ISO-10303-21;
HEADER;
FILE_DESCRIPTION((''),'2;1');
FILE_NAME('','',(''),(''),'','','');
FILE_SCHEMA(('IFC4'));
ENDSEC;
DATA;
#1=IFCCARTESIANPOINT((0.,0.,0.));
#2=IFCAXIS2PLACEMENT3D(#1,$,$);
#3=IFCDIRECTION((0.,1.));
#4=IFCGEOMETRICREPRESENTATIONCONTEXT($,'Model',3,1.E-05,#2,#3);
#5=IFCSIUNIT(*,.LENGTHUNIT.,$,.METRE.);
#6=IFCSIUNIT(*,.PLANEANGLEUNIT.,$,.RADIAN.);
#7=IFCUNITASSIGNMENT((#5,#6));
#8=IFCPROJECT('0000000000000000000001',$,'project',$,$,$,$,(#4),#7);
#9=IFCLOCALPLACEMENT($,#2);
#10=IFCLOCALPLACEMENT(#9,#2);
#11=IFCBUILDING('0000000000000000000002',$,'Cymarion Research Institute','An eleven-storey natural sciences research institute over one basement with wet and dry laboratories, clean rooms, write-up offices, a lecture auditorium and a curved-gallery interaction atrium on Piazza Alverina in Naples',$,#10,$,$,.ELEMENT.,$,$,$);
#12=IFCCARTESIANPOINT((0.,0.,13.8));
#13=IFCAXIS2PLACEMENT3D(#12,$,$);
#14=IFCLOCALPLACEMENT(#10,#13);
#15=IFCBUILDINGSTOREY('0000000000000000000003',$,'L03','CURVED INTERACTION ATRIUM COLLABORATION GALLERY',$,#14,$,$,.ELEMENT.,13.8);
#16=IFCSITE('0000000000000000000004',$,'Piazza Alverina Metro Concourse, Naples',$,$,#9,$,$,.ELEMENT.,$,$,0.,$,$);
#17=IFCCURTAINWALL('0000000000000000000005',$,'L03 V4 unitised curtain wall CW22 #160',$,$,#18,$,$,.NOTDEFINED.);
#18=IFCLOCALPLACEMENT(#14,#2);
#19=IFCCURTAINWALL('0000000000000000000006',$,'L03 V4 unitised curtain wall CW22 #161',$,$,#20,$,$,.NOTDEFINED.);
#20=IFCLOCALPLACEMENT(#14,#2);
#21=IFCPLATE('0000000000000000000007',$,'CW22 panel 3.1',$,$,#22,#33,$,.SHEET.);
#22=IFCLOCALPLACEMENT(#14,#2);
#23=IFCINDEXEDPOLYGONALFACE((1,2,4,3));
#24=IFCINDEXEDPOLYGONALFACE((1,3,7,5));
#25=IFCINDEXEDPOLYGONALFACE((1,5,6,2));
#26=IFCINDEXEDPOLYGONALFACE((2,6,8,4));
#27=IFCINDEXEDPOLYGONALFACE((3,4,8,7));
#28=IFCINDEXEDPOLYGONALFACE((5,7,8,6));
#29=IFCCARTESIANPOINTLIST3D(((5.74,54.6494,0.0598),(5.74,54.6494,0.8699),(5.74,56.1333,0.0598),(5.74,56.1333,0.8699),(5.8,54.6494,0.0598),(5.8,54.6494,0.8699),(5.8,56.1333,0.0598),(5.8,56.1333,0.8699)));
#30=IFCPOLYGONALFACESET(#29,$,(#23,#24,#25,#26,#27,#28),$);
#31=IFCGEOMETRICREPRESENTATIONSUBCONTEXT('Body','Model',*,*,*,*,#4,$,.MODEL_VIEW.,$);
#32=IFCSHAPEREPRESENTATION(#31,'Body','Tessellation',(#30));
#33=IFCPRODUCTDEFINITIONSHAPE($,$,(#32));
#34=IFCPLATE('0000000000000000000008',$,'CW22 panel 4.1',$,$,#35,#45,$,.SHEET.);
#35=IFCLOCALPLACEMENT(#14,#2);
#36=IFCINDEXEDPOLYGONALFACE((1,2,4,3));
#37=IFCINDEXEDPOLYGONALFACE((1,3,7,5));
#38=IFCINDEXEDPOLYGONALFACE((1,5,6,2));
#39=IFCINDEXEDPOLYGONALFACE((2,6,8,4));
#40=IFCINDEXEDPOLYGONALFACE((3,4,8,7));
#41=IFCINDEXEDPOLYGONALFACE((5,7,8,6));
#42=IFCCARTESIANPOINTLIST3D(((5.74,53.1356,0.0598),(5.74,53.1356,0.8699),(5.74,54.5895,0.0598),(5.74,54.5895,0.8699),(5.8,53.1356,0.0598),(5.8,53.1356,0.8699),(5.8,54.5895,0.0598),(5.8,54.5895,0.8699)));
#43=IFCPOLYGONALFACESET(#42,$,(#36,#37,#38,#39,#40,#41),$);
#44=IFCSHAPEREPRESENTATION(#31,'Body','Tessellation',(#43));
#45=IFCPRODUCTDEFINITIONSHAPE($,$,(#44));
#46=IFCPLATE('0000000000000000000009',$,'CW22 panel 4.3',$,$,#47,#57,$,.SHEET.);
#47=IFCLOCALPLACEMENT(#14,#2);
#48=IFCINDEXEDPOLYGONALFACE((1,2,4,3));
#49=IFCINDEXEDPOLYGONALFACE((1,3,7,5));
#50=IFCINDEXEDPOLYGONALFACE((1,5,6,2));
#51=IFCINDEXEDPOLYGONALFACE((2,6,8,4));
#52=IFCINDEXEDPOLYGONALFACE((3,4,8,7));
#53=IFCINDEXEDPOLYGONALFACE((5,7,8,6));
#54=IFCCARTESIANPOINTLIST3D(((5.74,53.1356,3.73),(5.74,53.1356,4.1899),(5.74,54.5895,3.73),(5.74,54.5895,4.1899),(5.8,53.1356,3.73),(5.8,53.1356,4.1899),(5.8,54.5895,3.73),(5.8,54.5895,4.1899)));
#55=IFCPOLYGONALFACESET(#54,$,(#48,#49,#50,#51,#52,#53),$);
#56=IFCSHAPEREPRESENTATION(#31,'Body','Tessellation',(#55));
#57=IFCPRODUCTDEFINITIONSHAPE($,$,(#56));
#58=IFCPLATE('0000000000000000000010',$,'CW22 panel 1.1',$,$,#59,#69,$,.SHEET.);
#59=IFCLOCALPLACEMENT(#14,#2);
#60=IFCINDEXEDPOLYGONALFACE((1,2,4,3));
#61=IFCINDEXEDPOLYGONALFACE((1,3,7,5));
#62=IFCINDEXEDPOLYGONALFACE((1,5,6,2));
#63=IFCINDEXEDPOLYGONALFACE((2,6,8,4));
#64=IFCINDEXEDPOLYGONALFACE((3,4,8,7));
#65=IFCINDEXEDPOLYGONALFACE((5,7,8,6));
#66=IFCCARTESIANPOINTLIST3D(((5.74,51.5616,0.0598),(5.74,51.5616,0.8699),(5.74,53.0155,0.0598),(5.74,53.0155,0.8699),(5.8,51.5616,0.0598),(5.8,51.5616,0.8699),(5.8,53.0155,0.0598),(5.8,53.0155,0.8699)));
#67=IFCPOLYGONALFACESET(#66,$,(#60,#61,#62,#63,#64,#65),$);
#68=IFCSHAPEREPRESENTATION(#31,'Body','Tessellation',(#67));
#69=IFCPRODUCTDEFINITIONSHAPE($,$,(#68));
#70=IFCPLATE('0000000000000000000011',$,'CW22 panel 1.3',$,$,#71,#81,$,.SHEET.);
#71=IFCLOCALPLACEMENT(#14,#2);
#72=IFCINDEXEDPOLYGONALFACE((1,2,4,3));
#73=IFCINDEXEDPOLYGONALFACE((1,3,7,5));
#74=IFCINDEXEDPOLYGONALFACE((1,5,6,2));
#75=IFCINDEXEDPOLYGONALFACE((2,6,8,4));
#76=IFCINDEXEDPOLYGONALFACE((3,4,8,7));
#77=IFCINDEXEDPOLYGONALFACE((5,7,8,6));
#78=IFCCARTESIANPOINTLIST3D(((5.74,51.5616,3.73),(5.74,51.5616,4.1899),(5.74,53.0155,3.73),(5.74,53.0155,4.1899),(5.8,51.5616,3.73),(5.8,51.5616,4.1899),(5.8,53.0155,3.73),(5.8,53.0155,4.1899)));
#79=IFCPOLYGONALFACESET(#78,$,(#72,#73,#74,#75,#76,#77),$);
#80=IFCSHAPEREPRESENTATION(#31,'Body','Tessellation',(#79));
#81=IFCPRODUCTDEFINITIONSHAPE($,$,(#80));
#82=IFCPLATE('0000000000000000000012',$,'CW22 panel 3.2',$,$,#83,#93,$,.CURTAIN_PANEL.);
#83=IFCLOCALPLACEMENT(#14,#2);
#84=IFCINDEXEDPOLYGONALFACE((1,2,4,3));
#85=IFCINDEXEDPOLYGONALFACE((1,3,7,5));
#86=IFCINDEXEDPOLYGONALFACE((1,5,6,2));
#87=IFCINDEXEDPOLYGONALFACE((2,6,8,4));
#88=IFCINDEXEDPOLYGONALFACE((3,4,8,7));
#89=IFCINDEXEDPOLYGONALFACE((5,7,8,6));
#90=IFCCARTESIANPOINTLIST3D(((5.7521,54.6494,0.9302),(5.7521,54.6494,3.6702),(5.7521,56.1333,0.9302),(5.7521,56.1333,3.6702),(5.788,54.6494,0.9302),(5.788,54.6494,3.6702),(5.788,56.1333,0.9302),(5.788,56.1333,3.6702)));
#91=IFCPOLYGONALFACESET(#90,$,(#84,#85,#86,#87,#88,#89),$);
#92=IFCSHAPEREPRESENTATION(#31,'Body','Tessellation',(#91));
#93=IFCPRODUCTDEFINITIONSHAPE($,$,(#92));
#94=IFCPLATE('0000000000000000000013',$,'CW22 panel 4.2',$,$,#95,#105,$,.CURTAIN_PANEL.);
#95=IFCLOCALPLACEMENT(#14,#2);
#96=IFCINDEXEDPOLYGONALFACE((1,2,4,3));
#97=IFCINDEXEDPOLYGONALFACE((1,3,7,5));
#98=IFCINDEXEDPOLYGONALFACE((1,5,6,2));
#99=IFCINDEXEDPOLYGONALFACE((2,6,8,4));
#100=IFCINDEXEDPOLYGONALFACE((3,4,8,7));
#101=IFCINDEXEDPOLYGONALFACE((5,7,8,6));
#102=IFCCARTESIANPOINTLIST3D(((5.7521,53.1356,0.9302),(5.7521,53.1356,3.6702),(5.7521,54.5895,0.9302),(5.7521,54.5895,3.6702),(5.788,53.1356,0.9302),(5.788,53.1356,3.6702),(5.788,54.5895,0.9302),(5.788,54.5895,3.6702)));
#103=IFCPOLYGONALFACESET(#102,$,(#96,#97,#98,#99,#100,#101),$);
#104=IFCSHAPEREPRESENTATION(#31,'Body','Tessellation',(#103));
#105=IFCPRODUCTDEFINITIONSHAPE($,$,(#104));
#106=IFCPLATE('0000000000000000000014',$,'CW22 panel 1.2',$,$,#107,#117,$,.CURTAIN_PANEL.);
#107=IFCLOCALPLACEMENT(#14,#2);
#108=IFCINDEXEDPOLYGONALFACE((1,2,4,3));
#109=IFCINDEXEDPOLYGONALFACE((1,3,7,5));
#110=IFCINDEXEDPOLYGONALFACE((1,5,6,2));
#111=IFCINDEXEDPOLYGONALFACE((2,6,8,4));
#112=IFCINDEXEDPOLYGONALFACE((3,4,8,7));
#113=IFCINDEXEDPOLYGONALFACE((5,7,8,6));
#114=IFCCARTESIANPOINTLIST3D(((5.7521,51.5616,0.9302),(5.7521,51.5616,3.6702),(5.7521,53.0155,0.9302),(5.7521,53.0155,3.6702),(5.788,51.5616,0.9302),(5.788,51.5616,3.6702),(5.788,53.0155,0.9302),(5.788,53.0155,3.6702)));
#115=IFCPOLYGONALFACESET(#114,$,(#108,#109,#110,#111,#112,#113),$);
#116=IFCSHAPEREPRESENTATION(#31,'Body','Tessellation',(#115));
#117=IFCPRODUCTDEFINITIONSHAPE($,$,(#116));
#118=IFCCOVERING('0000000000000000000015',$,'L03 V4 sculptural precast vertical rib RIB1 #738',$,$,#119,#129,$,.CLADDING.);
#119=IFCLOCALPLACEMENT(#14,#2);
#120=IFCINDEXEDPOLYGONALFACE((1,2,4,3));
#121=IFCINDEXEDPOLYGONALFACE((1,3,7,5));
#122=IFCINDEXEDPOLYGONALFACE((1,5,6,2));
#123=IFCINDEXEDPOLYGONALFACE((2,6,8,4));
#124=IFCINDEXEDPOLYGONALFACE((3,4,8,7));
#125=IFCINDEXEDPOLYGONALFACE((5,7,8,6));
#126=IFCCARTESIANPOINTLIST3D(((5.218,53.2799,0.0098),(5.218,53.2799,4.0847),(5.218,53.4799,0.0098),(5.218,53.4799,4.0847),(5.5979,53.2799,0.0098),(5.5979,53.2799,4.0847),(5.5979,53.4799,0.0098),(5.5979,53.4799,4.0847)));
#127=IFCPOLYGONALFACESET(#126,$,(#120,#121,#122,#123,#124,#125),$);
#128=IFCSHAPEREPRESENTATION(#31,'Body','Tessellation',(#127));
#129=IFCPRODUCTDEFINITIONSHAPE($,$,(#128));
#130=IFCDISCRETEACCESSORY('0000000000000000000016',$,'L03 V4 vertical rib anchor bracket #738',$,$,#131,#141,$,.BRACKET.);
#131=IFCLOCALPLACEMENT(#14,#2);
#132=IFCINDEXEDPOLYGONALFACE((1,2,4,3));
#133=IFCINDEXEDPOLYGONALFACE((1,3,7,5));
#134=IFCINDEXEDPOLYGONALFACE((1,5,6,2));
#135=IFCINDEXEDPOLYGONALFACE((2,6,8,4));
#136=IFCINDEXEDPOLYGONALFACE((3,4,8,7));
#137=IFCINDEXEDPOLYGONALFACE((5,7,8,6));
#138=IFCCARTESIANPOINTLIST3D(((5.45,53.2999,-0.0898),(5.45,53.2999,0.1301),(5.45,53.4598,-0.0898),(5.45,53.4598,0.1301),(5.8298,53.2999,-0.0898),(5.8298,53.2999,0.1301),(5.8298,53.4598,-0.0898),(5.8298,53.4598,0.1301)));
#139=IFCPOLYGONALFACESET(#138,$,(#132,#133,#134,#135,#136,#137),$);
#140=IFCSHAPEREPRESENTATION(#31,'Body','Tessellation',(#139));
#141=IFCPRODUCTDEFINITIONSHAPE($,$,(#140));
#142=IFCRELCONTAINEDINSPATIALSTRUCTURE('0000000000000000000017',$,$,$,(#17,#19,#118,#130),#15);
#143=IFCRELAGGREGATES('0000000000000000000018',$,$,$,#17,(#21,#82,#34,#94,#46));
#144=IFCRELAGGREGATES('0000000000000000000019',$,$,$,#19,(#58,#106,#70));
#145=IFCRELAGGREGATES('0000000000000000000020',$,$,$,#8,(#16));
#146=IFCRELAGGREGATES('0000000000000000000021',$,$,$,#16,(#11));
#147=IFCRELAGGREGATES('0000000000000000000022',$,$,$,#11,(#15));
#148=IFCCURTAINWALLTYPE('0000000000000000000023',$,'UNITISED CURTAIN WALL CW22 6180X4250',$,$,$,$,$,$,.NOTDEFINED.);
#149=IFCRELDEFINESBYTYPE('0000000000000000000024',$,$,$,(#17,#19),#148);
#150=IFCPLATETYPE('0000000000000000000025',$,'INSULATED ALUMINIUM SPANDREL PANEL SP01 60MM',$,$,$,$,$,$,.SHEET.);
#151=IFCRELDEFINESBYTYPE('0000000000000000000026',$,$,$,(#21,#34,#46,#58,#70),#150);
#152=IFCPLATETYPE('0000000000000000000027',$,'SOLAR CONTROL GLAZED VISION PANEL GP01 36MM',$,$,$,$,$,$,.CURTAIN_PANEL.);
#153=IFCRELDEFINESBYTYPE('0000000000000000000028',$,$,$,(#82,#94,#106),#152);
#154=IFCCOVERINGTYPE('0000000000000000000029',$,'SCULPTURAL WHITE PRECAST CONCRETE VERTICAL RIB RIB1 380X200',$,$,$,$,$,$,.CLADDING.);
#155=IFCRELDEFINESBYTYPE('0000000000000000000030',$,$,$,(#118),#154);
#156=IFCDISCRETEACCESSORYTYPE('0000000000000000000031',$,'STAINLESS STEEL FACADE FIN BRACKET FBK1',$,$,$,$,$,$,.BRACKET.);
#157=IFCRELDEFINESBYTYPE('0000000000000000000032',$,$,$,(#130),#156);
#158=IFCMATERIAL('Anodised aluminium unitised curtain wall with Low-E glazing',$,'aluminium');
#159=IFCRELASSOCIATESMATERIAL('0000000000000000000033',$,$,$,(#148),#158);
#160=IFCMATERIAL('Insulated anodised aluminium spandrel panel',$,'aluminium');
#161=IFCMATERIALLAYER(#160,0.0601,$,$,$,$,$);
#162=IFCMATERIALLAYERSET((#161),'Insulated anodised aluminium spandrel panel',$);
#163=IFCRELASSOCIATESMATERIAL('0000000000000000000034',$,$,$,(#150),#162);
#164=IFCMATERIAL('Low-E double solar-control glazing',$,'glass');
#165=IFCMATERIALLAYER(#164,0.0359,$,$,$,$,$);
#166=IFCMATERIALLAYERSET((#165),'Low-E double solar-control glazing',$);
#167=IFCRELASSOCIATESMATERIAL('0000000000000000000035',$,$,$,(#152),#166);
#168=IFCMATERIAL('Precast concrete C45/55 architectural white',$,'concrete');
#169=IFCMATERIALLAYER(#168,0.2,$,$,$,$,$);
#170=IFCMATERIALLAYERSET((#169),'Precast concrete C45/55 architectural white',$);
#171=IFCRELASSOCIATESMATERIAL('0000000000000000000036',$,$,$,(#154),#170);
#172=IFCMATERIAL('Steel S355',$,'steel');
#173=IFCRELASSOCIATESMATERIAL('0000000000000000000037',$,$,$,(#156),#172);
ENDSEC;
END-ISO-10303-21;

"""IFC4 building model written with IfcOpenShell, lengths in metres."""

from ifc_helpers import new_model, si_unit, direction, frame, origin, origin_2d, place, context, subcontext, project, spatial, rectangle, extrude, material, layer, layer_set, type_object, element, aggregate, save


model = new_model("IFC4")

# Units and contexts
model_context = context("Model", 3, precision=1e-05, world=origin(), true_north=direction((0.0, 1.0)))
body_context = subcontext(model_context, "Body", "Model", "MODEL_VIEW")
ifc_project = project(units=[si_unit("LENGTHUNIT", "METRE"), si_unit("PLANEANGLEUNIT", "RADIAN")], contexts=[model_context])

# Site, building, storey
site_placement = place(None, origin())
site = spatial("IfcSite", under=ifc_project, at=site_placement, Name="Piazza Alverina Metro Concourse, Naples", CompositionType="ELEMENT", RefElevation=0.0)
building_placement = place(site_placement, origin())
building = spatial("IfcBuilding", under=site, at=building_placement, Name="Cymarion Research Institute", Description="An eleven-storey natural sciences research institute over one basement with wet and dry laboratories, clean rooms, write-up offices, a lecture auditorium and a curved-gallery interaction atrium on Piazza Alverina in Naples", CompositionType="ELEMENT")
storey_placement = place(building_placement, frame((0.0, 0.0, 13.8)))
storey = spatial("IfcBuildingStorey", under=building, at=storey_placement, Name="L03", Description="CURVED INTERACTION ATRIUM COLLABORATION GALLERY", CompositionType="ELEMENT", Elevation=13.8)

# Curtain walls
ifc_material_1 = material(Name="Anodised aluminium unitised curtain wall with Low-E glazing", Category="aluminium")
curtain_wall_type = type_object("IfcCurtainWallType", Name="UNITISED CURTAIN WALL CW22 6180X4250", PredefinedType="NOTDEFINED", material=ifc_material_1)
curtain_wall_1_placement = place(storey_placement, origin())
curtain_wall_1 = element("IfcCurtainWall", 1, at=curtain_wall_1_placement, inside=storey, type_object=curtain_wall_type, Name="L03 V4 unitised curtain wall CW22 #160", PredefinedType="NOTDEFINED")
curtain_wall_2_placement = place(storey_placement, origin())
curtain_wall_2 = element("IfcCurtainWall", 2, at=curtain_wall_2_placement, inside=storey, type_object=curtain_wall_type, Name="L03 V4 unitised curtain wall CW22 #161", PredefinedType="NOTDEFINED")

# Plates
ifc_material_2 = material(Name="Insulated anodised aluminium spandrel panel", Category="aluminium")
ifc_layer_1 = layer(ifc_material_2, 0.0601)
ifc_layer_set_1 = layer_set([ifc_layer_1], Name="Insulated anodised aluminium spandrel panel")
plate_type_1 = type_object("IfcPlateType", Name="INSULATED ALUMINIUM SPANDREL PANEL SP01 60MM", PredefinedType="SHEET", material=ifc_layer_set_1)
plate_1_placement = place(storey_placement, frame((5.77, 55.3914, 0.0598), z_axis=(0.0, 0.0, 1.0), x_axis=(0.0, -1.0, 0.0)))
plate_1 = element("IfcPlate", 3, at=plate_1_placement, type_object=plate_type_1, Name="CW22 panel 3.1", PredefinedType="SHEET", context=body_context, shape_type="SweptSolid", body=[
    extrude(rectangle(XDim=1.4839, YDim=0.0601, at=origin_2d()), origin(), (0.0, 0.0, 1.0), 0.8101),
])
plate_2_placement = place(storey_placement, frame((5.77, 53.8625, 0.0598), z_axis=(0.0, 0.0, 1.0), x_axis=(0.0, -1.0, 0.0)))
plate_2 = element("IfcPlate", 4, at=plate_2_placement, type_object=plate_type_1, Name="CW22 panel 4.1", PredefinedType="SHEET", context=body_context, shape_type="SweptSolid", body=[
    extrude(rectangle(XDim=1.4539, YDim=0.0601, at=origin_2d()), origin(), (0.0, 0.0, 1.0), 0.8101),
])
plate_3_placement = place(storey_placement, frame((5.77, 53.8625, 3.73), z_axis=(0.0, 0.0, 1.0), x_axis=(0.0, -1.0, 0.0)))
plate_3 = element("IfcPlate", 5, at=plate_3_placement, type_object=plate_type_1, Name="CW22 panel 4.3", PredefinedType="SHEET", context=body_context, shape_type="SweptSolid", body=[
    extrude(rectangle(XDim=1.4539, YDim=0.0601, at=origin_2d()), origin(), (0.0, 0.0, 1.0), 0.46),
])
plate_4_placement = place(storey_placement, frame((5.77, 52.2886, 0.0598), z_axis=(0.0, 0.0, 1.0), x_axis=(0.0, -1.0, 0.0)))
plate_4 = element("IfcPlate", 6, at=plate_4_placement, type_object=plate_type_1, Name="CW22 panel 1.1", PredefinedType="SHEET", context=body_context, shape_type="SweptSolid", body=[
    extrude(rectangle(XDim=1.4539, YDim=0.0601, at=origin_2d()), origin(), (0.0, 0.0, 1.0), 0.8101),
])
plate_5_placement = place(storey_placement, frame((5.77, 52.2886, 3.73), z_axis=(0.0, 0.0, 1.0), x_axis=(0.0, -1.0, 0.0)))
plate_5 = element("IfcPlate", 7, at=plate_5_placement, type_object=plate_type_1, Name="CW22 panel 1.3", PredefinedType="SHEET", context=body_context, shape_type="SweptSolid", body=[
    extrude(rectangle(XDim=1.4539, YDim=0.0601, at=origin_2d()), origin(), (0.0, 0.0, 1.0), 0.46),
])
ifc_material_3 = material(Name="Low-E double solar-control glazing", Category="glass")
ifc_layer_2 = layer(ifc_material_3, 0.0359)
ifc_layer_set_2 = layer_set([ifc_layer_2], Name="Low-E double solar-control glazing")
plate_type_2 = type_object("IfcPlateType", Name="SOLAR CONTROL GLAZED VISION PANEL GP01 36MM", PredefinedType="CURTAIN_PANEL", material=ifc_layer_set_2)
plate_6_placement = place(storey_placement, frame((5.77, 55.3914, 0.9302), z_axis=(0.0, 0.0, 1.0), x_axis=(0.0, -1.0, 0.0)))
plate_6 = element("IfcPlate", 8, at=plate_6_placement, type_object=plate_type_2, Name="CW22 panel 3.2", PredefinedType="CURTAIN_PANEL", context=body_context, shape_type="SweptSolid", body=[
    extrude(rectangle(XDim=1.4839, YDim=0.0359, at=origin_2d()), origin(), (0.0, 0.0, 1.0), 2.74),
])
plate_7_placement = place(storey_placement, frame((5.77, 53.8625, 0.9302), z_axis=(0.0, 0.0, 1.0), x_axis=(0.0, -1.0, 0.0)))
plate_7 = element("IfcPlate", 9, at=plate_7_placement, type_object=plate_type_2, Name="CW22 panel 4.2", PredefinedType="CURTAIN_PANEL", context=body_context, shape_type="SweptSolid", body=[
    extrude(rectangle(XDim=1.4539, YDim=0.0359, at=origin_2d()), origin(), (0.0, 0.0, 1.0), 2.74),
])
aggregate(curtain_wall_1, [plate_1, plate_6, plate_2, plate_7, plate_3])
plate_8_placement = place(storey_placement, frame((5.77, 52.2886, 0.9302), z_axis=(0.0, 0.0, 1.0), x_axis=(0.0, -1.0, 0.0)))
plate_8 = element("IfcPlate", 10, at=plate_8_placement, type_object=plate_type_2, Name="CW22 panel 1.2", PredefinedType="CURTAIN_PANEL", context=body_context, shape_type="SweptSolid", body=[
    extrude(rectangle(XDim=1.4539, YDim=0.0359, at=origin_2d()), origin(), (0.0, 0.0, 1.0), 2.74),
])
aggregate(curtain_wall_2, [plate_4, plate_8, plate_5])

# Covering
ifc_material_4 = material(Name="Precast concrete C45/55 architectural white", Category="concrete")
ifc_layer_3 = layer(ifc_material_4, 0.2)
ifc_layer_set_3 = layer_set([ifc_layer_3], Name="Precast concrete C45/55 architectural white")
covering_type = type_object("IfcCoveringType", Name="SCULPTURAL WHITE PRECAST CONCRETE VERTICAL RIB RIB1 380X200", PredefinedType="CLADDING", material=ifc_layer_set_3)
covering_placement = place(storey_placement, frame((5.408, 53.3799, 0.0098), z_axis=(0.0, 0.0, 1.0), x_axis=(-1.0, 0.0, 0.0)))
element("IfcCovering", 11, at=covering_placement, inside=storey, type_object=covering_type, Name="L03 V4 sculptural precast vertical rib RIB1 #738", PredefinedType="CLADDING", context=body_context, shape_type="SweptSolid", body=[
    extrude(rectangle(XDim=0.3799, YDim=0.2, at=origin_2d()), origin(), (0.0, 0.0, 1.0), 4.075),
])

# Discrete accessory
ifc_material_5 = material(Name="Steel S355", Category="steel")
discrete_accessory_type = type_object("IfcDiscreteAccessoryType", Name="STAINLESS STEEL FACADE FIN BRACKET FBK1", PredefinedType="BRACKET", material=ifc_material_5)
discrete_accessory_placement = place(storey_placement, frame((5.6399, 53.3799, -0.0898), z_axis=(0.0, 0.0, 1.0), x_axis=(-1.0, 0.0, 0.0)))
element("IfcDiscreteAccessory", 12, at=discrete_accessory_placement, inside=storey, type_object=discrete_accessory_type, Name="L03 V4 vertical rib anchor bracket #738", PredefinedType="BRACKET", context=body_context, shape_type="SweptSolid", body=[
    extrude(rectangle(XDim=0.3799, YDim=0.1599, at=origin_2d()), origin(), (0.0, 0.0, 1.0), 0.22),
])

save(model, "model.ifc")
